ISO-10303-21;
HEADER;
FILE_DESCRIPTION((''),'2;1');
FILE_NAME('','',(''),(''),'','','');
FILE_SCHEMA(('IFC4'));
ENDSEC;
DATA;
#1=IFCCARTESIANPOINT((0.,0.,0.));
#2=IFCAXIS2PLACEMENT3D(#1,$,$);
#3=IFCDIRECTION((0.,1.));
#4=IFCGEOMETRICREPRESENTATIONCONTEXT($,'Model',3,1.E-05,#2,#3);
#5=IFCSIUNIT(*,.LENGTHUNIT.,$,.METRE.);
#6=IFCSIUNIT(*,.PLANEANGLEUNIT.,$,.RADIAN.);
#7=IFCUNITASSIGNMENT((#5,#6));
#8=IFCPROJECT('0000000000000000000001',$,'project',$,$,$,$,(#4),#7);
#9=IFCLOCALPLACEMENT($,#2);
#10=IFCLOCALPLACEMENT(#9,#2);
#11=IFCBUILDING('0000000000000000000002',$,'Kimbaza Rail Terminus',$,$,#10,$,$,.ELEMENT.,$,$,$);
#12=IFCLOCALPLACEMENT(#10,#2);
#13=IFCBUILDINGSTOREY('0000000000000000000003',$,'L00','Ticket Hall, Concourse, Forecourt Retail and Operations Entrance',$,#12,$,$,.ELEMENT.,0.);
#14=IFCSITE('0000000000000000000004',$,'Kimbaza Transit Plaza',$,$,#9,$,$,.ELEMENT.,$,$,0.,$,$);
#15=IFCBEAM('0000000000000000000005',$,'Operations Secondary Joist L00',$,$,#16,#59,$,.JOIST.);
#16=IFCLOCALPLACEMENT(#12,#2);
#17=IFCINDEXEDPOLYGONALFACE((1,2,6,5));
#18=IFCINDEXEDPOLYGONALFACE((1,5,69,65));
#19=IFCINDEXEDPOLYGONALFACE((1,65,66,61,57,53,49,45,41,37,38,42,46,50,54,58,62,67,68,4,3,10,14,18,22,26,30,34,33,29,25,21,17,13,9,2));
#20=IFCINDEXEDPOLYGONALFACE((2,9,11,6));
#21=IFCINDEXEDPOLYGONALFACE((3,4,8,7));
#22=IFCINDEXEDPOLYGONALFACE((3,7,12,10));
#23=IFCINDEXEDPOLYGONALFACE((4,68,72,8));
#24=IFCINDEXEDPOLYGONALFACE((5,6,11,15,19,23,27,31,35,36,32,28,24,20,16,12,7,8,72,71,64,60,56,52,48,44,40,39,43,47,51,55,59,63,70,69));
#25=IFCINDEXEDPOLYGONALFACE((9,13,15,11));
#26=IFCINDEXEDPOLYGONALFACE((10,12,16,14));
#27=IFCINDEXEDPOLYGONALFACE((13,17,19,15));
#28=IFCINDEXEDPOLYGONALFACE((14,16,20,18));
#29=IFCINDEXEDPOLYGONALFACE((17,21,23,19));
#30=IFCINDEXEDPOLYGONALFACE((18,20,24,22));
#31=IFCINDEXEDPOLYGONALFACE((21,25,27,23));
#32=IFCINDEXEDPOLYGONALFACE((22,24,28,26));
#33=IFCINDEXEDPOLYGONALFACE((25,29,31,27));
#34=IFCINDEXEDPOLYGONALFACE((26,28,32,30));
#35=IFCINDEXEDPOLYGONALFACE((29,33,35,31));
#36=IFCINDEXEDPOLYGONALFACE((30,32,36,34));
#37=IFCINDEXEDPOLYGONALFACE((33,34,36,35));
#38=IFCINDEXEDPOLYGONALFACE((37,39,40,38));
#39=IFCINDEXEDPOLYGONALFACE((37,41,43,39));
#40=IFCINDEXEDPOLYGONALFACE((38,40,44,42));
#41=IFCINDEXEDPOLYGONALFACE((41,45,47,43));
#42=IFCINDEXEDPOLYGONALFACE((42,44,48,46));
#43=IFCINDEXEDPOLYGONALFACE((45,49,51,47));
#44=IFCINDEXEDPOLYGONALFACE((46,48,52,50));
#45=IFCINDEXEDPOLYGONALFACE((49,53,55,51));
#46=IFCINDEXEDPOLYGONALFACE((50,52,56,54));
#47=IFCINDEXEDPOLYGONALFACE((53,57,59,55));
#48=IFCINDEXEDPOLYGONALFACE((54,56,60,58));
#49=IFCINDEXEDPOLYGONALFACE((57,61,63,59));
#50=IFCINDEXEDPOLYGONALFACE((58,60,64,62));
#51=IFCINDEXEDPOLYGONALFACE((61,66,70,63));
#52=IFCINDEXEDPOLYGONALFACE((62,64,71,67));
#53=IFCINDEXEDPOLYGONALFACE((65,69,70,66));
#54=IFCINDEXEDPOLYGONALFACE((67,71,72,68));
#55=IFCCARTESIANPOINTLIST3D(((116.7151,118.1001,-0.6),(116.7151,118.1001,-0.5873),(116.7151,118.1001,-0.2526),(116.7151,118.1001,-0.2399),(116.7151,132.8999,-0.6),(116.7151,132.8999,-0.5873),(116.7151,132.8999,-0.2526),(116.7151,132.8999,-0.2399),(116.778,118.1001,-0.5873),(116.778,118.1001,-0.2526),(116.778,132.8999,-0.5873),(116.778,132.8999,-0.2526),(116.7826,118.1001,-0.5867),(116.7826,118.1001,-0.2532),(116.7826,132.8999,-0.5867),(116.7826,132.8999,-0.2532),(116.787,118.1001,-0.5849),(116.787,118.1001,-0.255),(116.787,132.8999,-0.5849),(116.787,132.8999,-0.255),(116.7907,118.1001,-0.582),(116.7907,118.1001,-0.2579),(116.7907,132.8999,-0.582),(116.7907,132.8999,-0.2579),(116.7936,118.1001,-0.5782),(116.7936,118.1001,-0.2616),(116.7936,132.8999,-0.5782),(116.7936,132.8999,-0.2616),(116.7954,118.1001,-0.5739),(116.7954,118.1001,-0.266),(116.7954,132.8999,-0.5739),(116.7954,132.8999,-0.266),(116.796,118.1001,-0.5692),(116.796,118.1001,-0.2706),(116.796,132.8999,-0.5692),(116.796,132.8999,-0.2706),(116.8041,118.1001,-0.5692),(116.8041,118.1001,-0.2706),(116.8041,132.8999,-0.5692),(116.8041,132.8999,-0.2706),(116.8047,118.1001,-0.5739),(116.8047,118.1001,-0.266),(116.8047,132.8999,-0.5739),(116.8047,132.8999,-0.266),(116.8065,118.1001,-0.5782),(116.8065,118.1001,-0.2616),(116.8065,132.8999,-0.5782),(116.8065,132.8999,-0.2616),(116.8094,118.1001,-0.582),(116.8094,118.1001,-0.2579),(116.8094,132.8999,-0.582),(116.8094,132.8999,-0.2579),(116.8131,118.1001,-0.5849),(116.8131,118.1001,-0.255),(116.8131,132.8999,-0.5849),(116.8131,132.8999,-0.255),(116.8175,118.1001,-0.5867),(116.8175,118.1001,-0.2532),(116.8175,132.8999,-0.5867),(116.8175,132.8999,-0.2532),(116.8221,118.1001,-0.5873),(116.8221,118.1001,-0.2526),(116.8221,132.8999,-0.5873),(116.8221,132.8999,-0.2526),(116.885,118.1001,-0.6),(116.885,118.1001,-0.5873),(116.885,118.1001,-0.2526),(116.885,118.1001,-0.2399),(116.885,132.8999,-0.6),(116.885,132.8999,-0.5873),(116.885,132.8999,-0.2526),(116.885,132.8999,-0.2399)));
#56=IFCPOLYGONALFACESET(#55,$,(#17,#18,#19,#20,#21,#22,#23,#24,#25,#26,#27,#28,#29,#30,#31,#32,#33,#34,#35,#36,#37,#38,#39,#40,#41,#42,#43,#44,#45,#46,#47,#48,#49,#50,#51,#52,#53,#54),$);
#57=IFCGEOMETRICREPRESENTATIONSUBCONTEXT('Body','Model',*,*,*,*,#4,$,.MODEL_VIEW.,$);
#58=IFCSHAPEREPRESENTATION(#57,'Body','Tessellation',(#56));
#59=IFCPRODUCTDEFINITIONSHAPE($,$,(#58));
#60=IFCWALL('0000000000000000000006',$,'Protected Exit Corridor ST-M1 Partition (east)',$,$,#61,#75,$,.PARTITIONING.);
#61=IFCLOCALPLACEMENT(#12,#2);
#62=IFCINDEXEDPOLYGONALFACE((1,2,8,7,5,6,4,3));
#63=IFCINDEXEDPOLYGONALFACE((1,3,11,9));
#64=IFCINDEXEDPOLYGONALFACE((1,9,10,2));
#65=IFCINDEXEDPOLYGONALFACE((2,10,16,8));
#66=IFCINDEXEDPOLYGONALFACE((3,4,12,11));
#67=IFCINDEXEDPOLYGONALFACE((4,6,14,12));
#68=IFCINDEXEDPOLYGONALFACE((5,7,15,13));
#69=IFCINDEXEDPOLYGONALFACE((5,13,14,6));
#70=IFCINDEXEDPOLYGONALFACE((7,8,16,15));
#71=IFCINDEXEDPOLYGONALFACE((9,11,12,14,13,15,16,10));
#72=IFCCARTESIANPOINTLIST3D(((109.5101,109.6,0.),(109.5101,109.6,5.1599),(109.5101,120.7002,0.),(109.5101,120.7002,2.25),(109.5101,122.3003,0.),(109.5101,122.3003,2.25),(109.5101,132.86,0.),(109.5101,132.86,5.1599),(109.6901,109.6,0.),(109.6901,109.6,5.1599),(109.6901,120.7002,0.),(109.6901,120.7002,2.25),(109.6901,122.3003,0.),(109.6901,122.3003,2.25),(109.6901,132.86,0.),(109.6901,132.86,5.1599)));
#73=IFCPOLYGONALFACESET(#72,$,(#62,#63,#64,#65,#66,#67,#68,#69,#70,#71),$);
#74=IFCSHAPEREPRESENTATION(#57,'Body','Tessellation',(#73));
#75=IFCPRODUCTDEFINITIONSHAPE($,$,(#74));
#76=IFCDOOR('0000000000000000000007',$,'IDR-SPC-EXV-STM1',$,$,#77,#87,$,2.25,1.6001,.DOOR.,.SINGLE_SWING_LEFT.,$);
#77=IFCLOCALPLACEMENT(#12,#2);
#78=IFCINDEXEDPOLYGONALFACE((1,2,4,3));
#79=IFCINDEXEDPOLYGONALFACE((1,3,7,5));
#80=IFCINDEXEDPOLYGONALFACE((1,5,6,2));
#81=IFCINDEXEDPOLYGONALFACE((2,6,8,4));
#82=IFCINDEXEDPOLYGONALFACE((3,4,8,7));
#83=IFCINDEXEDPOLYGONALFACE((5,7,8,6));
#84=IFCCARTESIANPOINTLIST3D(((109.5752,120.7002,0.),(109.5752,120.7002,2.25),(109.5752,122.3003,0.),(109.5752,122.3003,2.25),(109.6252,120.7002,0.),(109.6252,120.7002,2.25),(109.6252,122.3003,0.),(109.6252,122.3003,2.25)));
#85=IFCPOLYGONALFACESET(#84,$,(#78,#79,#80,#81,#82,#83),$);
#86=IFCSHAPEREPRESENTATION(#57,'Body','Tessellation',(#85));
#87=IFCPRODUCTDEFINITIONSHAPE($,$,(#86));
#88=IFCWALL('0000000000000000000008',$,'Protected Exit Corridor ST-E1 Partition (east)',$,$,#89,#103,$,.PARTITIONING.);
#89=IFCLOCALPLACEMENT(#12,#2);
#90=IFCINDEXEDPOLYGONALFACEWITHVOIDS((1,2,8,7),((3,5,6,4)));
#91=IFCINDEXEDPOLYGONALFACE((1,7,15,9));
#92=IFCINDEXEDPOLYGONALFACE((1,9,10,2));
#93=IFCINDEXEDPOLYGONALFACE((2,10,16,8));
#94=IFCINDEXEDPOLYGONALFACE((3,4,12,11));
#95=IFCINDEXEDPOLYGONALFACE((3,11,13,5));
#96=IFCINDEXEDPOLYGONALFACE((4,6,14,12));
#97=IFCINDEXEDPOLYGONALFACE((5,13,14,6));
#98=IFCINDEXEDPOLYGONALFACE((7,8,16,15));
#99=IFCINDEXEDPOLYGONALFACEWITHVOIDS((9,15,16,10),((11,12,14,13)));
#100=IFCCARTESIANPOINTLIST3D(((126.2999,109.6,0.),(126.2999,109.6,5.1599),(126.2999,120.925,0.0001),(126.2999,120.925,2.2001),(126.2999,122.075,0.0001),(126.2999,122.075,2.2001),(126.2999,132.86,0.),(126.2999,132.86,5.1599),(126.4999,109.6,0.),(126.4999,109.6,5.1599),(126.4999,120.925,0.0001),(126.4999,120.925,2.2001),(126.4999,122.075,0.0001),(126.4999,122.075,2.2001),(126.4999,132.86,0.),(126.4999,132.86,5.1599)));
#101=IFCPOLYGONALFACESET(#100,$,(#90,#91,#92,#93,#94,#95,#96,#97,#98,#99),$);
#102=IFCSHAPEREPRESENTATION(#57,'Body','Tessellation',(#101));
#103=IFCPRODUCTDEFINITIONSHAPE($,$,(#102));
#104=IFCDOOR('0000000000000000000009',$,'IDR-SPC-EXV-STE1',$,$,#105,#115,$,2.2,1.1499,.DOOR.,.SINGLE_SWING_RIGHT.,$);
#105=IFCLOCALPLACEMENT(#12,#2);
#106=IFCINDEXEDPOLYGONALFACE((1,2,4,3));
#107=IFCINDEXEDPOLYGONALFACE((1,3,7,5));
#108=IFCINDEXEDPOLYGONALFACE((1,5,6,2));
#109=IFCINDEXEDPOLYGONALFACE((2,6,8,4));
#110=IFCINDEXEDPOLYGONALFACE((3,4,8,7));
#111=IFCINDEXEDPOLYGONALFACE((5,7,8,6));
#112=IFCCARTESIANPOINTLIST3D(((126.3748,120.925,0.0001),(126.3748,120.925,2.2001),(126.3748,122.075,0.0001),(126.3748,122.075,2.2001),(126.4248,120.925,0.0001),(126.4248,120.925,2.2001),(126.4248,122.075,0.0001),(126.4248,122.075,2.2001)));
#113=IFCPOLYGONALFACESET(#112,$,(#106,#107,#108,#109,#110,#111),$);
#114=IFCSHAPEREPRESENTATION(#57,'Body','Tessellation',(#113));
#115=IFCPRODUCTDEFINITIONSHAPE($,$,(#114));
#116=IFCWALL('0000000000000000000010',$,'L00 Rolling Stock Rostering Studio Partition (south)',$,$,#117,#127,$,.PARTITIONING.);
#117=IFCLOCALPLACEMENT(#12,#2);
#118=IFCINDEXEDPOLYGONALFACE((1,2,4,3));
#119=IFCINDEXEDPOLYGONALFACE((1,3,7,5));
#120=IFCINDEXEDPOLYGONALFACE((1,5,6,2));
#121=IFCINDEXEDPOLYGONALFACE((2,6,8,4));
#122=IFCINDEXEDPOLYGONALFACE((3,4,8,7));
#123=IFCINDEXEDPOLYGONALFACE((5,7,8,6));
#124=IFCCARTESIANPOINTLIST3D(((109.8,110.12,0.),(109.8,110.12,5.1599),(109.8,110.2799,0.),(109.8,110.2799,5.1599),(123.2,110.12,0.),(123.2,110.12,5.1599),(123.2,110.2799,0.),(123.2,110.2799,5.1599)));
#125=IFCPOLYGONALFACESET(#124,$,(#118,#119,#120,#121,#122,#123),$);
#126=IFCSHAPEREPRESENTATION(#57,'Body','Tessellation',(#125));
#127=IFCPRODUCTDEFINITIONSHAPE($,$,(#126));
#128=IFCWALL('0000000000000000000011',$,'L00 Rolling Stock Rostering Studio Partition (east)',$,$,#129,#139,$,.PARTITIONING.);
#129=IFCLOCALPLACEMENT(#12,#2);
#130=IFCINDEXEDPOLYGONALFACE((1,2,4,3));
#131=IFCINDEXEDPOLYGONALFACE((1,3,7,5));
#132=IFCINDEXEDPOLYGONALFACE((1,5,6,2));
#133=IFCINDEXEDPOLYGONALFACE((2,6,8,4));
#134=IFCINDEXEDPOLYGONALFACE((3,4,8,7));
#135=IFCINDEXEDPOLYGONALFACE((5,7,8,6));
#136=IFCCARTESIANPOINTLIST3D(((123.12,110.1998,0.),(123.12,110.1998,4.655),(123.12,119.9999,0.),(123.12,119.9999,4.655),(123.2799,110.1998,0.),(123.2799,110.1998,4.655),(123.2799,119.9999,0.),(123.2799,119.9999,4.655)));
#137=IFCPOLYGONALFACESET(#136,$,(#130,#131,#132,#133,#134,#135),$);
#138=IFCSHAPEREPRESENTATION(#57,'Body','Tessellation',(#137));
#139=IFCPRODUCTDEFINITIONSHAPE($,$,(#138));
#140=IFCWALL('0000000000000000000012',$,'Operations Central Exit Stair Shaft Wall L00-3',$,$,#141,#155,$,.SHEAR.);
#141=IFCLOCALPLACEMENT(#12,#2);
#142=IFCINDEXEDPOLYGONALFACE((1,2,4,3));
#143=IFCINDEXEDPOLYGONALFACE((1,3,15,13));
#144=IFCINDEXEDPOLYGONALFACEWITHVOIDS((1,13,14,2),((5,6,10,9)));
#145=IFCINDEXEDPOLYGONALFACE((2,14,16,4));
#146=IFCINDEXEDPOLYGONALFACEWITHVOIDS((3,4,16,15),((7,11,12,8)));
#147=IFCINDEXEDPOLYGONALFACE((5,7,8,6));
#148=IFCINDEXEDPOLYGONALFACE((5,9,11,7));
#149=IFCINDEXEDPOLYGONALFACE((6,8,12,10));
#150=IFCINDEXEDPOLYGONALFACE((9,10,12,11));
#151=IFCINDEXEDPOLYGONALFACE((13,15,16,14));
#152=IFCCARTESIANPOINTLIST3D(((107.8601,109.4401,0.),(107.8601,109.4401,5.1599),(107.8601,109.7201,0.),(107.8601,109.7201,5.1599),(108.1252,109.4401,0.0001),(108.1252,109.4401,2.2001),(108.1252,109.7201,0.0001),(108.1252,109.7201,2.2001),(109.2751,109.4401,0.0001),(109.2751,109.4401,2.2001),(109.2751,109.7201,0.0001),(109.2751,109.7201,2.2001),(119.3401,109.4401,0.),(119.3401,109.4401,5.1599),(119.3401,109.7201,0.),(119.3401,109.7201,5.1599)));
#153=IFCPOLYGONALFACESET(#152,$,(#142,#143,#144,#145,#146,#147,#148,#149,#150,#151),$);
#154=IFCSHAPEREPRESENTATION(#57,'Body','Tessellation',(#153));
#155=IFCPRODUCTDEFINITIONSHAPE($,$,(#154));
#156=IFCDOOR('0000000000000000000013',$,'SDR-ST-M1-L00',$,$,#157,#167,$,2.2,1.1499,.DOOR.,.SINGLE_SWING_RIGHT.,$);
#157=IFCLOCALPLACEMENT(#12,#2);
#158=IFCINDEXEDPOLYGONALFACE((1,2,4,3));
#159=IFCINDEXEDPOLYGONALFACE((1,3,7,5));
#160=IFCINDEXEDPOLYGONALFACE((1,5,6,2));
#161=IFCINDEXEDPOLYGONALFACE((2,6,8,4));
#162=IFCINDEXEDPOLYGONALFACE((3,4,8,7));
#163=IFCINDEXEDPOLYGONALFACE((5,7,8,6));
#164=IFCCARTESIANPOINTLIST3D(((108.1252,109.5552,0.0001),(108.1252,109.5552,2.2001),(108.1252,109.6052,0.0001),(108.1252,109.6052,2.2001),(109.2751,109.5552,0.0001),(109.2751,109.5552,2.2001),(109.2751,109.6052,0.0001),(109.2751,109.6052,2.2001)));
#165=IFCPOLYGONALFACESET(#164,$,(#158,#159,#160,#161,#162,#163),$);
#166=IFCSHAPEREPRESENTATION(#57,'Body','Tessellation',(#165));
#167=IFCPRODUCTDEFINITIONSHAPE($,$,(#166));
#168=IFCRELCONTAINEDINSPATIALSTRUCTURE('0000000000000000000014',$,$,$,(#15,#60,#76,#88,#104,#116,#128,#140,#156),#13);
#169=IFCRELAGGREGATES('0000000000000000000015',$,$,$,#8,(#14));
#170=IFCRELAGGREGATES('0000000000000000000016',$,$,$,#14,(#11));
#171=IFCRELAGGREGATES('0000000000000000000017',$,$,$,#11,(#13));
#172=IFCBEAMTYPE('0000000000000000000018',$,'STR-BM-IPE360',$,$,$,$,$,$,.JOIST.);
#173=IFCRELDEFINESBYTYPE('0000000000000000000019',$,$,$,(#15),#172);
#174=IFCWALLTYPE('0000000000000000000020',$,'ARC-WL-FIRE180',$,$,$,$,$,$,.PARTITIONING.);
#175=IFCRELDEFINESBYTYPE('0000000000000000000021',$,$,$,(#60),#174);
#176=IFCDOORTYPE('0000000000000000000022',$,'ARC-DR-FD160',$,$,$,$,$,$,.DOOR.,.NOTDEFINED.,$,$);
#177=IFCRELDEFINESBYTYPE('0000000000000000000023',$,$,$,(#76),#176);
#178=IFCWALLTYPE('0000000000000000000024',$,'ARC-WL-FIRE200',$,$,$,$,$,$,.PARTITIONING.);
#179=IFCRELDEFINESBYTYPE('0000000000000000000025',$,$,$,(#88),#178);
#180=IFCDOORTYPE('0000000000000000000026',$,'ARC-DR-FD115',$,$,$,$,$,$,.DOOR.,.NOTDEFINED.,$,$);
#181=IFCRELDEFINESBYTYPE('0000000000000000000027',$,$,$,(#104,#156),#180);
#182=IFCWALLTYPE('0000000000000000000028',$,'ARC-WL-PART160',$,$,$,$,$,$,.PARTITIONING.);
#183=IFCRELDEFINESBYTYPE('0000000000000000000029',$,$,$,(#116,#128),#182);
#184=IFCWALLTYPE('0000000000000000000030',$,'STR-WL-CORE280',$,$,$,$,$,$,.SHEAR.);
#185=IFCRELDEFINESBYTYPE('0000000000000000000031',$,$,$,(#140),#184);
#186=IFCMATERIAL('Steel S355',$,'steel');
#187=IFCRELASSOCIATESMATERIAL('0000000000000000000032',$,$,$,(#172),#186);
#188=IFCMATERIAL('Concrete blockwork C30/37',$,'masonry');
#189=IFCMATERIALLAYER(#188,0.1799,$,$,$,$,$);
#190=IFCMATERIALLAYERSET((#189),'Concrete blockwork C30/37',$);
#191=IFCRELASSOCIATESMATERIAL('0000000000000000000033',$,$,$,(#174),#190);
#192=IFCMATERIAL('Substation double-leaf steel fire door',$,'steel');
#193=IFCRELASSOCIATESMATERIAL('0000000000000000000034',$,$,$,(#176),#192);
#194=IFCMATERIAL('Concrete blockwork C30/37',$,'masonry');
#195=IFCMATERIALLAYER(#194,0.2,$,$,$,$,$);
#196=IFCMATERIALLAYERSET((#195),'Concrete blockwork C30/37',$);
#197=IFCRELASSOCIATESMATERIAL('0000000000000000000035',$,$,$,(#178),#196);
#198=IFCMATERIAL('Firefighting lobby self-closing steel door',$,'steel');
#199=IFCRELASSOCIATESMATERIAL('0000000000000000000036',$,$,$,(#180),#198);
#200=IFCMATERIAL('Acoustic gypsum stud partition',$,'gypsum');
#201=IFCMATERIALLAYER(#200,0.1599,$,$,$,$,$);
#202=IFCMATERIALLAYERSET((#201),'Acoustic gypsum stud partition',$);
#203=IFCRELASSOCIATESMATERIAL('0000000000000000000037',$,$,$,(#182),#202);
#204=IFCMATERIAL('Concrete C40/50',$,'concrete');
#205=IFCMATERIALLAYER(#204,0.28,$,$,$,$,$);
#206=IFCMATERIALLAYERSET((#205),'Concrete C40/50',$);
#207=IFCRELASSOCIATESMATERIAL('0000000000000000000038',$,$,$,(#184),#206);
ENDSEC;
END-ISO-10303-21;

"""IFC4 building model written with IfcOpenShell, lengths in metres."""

from ifc_helpers import new_model, si_unit, direction, frame, frame_2d, origin, origin_2d, place, context, subcontext, project, spatial, rectangle, i_section, extrude, material, layer, layer_set, material_profile, profile_set, type_object, element, fill, save


model = new_model("IFC4")

# Units and contexts
model_context = context("Model", 3, precision=1e-05, world=origin(), true_north=direction((0.0, 1.0)))
body_context = subcontext(model_context, "Body", "Model", "MODEL_VIEW")
ifc_project = project(units=[si_unit("LENGTHUNIT", "METRE"), si_unit("PLANEANGLEUNIT", "RADIAN")], contexts=[model_context])

# Site, building, storey
site_placement = place(None, origin())
site = spatial("IfcSite", under=ifc_project, at=site_placement, Name="Kimbaza Transit Plaza", CompositionType="ELEMENT", RefElevation=0.0)
building_placement = place(site_placement, origin())
building = spatial("IfcBuilding", under=site, at=building_placement, Name="Kimbaza Rail Terminus", CompositionType="ELEMENT")
storey_placement = place(building_placement, origin())
storey = spatial("IfcBuildingStorey", under=building, at=storey_placement, Name="L00", Description="Ticket Hall, Concourse, Forecourt Retail and Operations Entrance", CompositionType="ELEMENT", Elevation=0.0)

# Beam
ifc_material_1 = material(Name="Steel S355", Category="steel")
ifc_material_profile_1 = material_profile(ifc_material_1, i_section(OverallWidth=0.1699, OverallDepth=0.3601, WebThickness=0.0081, FlangeThickness=0.0127, FilletRadius=0.0181, at=origin_2d()), Name="IPE 360")
ifc_profile_set_1 = profile_set([ifc_material_profile_1], Name="Steel S355")
beam_type_1 = type_object("IfcBeamType", Name="STR-BM-IPE360", PredefinedType="JOIST", material=ifc_profile_set_1)
for number, where, z_axis, x_axis, name in (
    (1, (116.8, 118.1001, -0.4199), (0.0, 1.0, 0.0), (-1.0, 0.0, 0.0), "Operations Secondary Joist L00"),
):
    element("IfcBeam", number, at=place(storey_placement, frame(where, z_axis=z_axis, x_axis=x_axis)), inside=storey, type_object=beam_type_1, Name=name, PredefinedType="JOIST", context=body_context, shape_type="SweptSolid", body=[
        extrude(i_section(OverallWidth=0.1699, OverallDepth=0.3601, WebThickness=0.0081, FlangeThickness=0.0127, FilletRadius=0.0181, at=origin_2d()), origin(), (0.0, 0.0, 1.0), 14.7998),
    ])

# Walls, openings, doors
ifc_material_2 = material(Name="Concrete blockwork C30/37", Category="masonry")
ifc_layer_1 = layer(ifc_material_2, 0.1799)
ifc_layer_set_1 = layer_set([ifc_layer_1], Name="Concrete blockwork C30/37")
wall_type_1 = type_object("IfcWallType", Name="ARC-WL-FIRE180", PredefinedType="PARTITIONING", material=ifc_layer_set_1)
wall_1_placement = place(storey_placement, frame((109.6001, 109.6001, 0.0), z_axis=(0.0, 0.0, 1.0), x_axis=(0.0, 1.0, 0.0)))
wall_1 = element("IfcWall", 2, at=wall_1_placement, inside=storey, type_object=wall_type_1, Name="Protected Exit Corridor ST-M1 Partition (east)", PredefinedType="PARTITIONING", context=body_context, shape_type="SweptSolid", body=[
    extrude(rectangle(XDim=23.26, YDim=0.1799, at=frame_2d((11.6299, 0.0))), origin(), (0.0, 0.0, 1.0), 5.1599),
])
opening_1_placement = place(wall_1_placement, frame((11.1001, 0.0, 0.0)))
opening_1 = element("IfcOpeningElement", 3, at=opening_1_placement, cuts=wall_1, PredefinedType="OPENING", context=body_context, shape_type="SweptSolid", body=[
    extrude(rectangle(XDim=1.6001, YDim=2.25, at=frame_2d((0.8, 1.125))), frame((0.0, 0.0999, 0.0), z_axis=(0.0, -1.0, 0.0), x_axis=(1.0, 0.0, 0.0)), (0.0, 0.0, 1.0), 0.2),
])
ifc_material_3 = material(Name="Substation double-leaf steel fire door", Category="steel")
door_type_1 = type_object("IfcDoorType", Name="ARC-DR-FD160", OperationType="NOTDEFINED", PredefinedType="DOOR", material=ifc_material_3)
door_1_placement = place(opening_1_placement, origin())
door_1 = element("IfcDoor", 4, at=door_1_placement, inside=storey, type_object=door_type_1, Name="IDR-SPC-EXV-STM1", OperationType="SINGLE_SWING_LEFT", OverallHeight=2.25, OverallWidth=1.6001, PredefinedType="DOOR", context=body_context, shape_type="SweptSolid", body=[
    extrude(rectangle(XDim=1.6001, YDim=2.25, at=frame_2d((0.8, 1.125))), frame((0.0, 0.0249, 0.0), z_axis=(0.0, -1.0, 0.0), x_axis=(1.0, 0.0, 0.0)), (0.0, 0.0, 1.0), 0.05),
])
fill(opening_1, door_1)
ifc_material_4 = material(Name="Concrete blockwork C30/37", Category="masonry")
ifc_layer_2 = layer(ifc_material_4, 0.2)
ifc_layer_set_2 = layer_set([ifc_layer_2], Name="Concrete blockwork C30/37")
wall_type_2 = type_object("IfcWallType", Name="ARC-WL-FIRE200", PredefinedType="PARTITIONING", material=ifc_layer_set_2)
wall_2_placement = place(storey_placement, frame((126.3999, 109.6001, 0.0), z_axis=(0.0, 0.0, 1.0), x_axis=(0.0, 1.0, 0.0)))
wall_2 = element("IfcWall", 5, at=wall_2_placement, inside=storey, type_object=wall_type_2, Name="Protected Exit Corridor ST-E1 Partition (east)", PredefinedType="PARTITIONING", context=body_context, shape_type="SweptSolid", body=[
    extrude(rectangle(XDim=23.26, YDim=0.2, at=frame_2d((11.6299, 0.0))), origin(), (0.0, 0.0, 1.0), 5.1599),
])
opening_2_placement = place(wall_2_placement, frame((12.4749, 0.0, 0.0), z_axis=(0.0, 0.0, 1.0), x_axis=(-1.0, 0.0, 0.0)))
opening_2 = element("IfcOpeningElement", 6, at=opening_2_placement, cuts=wall_2, PredefinedType="OPENING", context=body_context, shape_type="SweptSolid", body=[
    extrude(rectangle(XDim=1.1499, YDim=2.2, at=frame_2d((0.575, 1.1001))), frame((0.0, 0.1099, 0.0), z_axis=(0.0, -1.0, 0.0), x_axis=(1.0, 0.0, 0.0)), (0.0, 0.0, 1.0), 0.22),
])
ifc_material_5 = material(Name="Firefighting lobby self-closing steel door", Category="steel")
door_type_2 = type_object("IfcDoorType", Name="ARC-DR-FD115", OperationType="NOTDEFINED", PredefinedType="DOOR", material=ifc_material_5)
door_2_placement = place(opening_2_placement, origin())
door_2 = element("IfcDoor", 7, at=door_2_placement, inside=storey, type_object=door_type_2, Name="IDR-SPC-EXV-STE1", OperationType="SINGLE_SWING_RIGHT", OverallHeight=2.2, OverallWidth=1.1499, PredefinedType="DOOR", context=body_context, shape_type="SweptSolid", body=[
    extrude(rectangle(XDim=1.1499, YDim=2.2, at=frame_2d((0.575, 1.1001))), frame((0.0, 0.0249, 0.0), z_axis=(0.0, -1.0, 0.0), x_axis=(1.0, 0.0, 0.0)), (0.0, 0.0, 1.0), 0.05),
])
fill(opening_2, door_2)

# Walls
ifc_material_6 = material(Name="Acoustic gypsum stud partition", Category="gypsum")
ifc_layer_3 = layer(ifc_material_6, 0.1599)
ifc_layer_set_3 = layer_set([ifc_layer_3], Name="Acoustic gypsum stud partition")
wall_type_3 = type_object("IfcWallType", Name="ARC-WL-PART160", PredefinedType="PARTITIONING", material=ifc_layer_set_3)
wall_3_placement = place(storey_placement, frame((109.8, 110.2, 0.0), z_axis=(0.0, 0.0, 1.0), x_axis=(1.0, 0.0, 0.0)))
element("IfcWall", 8, at=wall_3_placement, inside=storey, type_object=wall_type_3, Name="L00 Rolling Stock Rostering Studio Partition (south)", PredefinedType="PARTITIONING", context=body_context, shape_type="SweptSolid", body=[
    extrude(rectangle(XDim=13.3999, YDim=0.1599, at=frame_2d((6.7, 0.0))), origin(), (0.0, 0.0, 1.0), 5.1599),
])
wall_4_placement = place(storey_placement, frame((123.2, 110.2, 0.0), z_axis=(0.0, 0.0, 1.0), x_axis=(0.0, 1.0, 0.0)))
element("IfcWall", 9, at=wall_4_placement, inside=storey, type_object=wall_type_3, Name="L00 Rolling Stock Rostering Studio Partition (east)", PredefinedType="PARTITIONING", context=body_context, shape_type="SweptSolid", body=[
    extrude(rectangle(XDim=9.8, YDim=0.1599, at=frame_2d((4.8999, 0.0))), origin(), (0.0, 0.0, 1.0), 4.655),
])

# Wall, opening, door
ifc_material_7 = material(Name="Concrete C40/50", Category="concrete")
ifc_layer_4 = layer(ifc_material_7, 0.28)
ifc_layer_set_4 = layer_set([ifc_layer_4], Name="Concrete C40/50")
wall_type_4 = type_object("IfcWallType", Name="STR-WL-CORE280", PredefinedType="SHEAR", material=ifc_layer_set_4)
wall_5_placement = place(storey_placement, frame((119.3401, 109.5801, 0.0), z_axis=(0.0, 0.0, 1.0), x_axis=(-1.0, 0.0, 0.0)))
wall_5 = element("IfcWall", 10, at=wall_5_placement, inside=storey, type_object=wall_type_4, Name="Operations Central Exit Stair Shaft Wall L00-3", PredefinedType="SHEAR", context=body_context, shape_type="SweptSolid", body=[
    extrude(rectangle(XDim=11.48, YDim=0.28, at=frame_2d((5.74, 0.0))), origin(), (0.0, 0.0, 1.0), 5.1599),
])
opening_3_placement = place(wall_5_placement, frame((10.0649, 0.0, 0.0)))
opening_3 = element("IfcOpeningElement", 11, at=opening_3_placement, cuts=wall_5, PredefinedType="OPENING", context=body_context, shape_type="SweptSolid", body=[
    extrude(rectangle(XDim=1.1499, YDim=2.2, at=frame_2d((0.575, 1.1001))), frame((0.0, 0.1499, 0.0), z_axis=(0.0, -1.0, 0.0), x_axis=(1.0, 0.0, 0.0)), (0.0, 0.0, 1.0), 0.3),
])
door_3_placement = place(opening_3_placement, origin())
door_3 = element("IfcDoor", 12, at=door_3_placement, inside=storey, type_object=door_type_2, Name="SDR-ST-M1-L00", OperationType="SINGLE_SWING_RIGHT", OverallHeight=2.2, OverallWidth=1.1499, PredefinedType="DOOR", context=body_context, shape_type="SweptSolid", body=[
    extrude(rectangle(XDim=1.1499, YDim=2.2, at=frame_2d((0.575, 1.1001))), frame((0.0, 0.0249, 0.0), z_axis=(0.0, -1.0, 0.0), x_axis=(1.0, 0.0, 0.0)), (0.0, 0.0, 1.0), 0.05),
])
fill(opening_3, door_3)

save(model, "model.ifc")
